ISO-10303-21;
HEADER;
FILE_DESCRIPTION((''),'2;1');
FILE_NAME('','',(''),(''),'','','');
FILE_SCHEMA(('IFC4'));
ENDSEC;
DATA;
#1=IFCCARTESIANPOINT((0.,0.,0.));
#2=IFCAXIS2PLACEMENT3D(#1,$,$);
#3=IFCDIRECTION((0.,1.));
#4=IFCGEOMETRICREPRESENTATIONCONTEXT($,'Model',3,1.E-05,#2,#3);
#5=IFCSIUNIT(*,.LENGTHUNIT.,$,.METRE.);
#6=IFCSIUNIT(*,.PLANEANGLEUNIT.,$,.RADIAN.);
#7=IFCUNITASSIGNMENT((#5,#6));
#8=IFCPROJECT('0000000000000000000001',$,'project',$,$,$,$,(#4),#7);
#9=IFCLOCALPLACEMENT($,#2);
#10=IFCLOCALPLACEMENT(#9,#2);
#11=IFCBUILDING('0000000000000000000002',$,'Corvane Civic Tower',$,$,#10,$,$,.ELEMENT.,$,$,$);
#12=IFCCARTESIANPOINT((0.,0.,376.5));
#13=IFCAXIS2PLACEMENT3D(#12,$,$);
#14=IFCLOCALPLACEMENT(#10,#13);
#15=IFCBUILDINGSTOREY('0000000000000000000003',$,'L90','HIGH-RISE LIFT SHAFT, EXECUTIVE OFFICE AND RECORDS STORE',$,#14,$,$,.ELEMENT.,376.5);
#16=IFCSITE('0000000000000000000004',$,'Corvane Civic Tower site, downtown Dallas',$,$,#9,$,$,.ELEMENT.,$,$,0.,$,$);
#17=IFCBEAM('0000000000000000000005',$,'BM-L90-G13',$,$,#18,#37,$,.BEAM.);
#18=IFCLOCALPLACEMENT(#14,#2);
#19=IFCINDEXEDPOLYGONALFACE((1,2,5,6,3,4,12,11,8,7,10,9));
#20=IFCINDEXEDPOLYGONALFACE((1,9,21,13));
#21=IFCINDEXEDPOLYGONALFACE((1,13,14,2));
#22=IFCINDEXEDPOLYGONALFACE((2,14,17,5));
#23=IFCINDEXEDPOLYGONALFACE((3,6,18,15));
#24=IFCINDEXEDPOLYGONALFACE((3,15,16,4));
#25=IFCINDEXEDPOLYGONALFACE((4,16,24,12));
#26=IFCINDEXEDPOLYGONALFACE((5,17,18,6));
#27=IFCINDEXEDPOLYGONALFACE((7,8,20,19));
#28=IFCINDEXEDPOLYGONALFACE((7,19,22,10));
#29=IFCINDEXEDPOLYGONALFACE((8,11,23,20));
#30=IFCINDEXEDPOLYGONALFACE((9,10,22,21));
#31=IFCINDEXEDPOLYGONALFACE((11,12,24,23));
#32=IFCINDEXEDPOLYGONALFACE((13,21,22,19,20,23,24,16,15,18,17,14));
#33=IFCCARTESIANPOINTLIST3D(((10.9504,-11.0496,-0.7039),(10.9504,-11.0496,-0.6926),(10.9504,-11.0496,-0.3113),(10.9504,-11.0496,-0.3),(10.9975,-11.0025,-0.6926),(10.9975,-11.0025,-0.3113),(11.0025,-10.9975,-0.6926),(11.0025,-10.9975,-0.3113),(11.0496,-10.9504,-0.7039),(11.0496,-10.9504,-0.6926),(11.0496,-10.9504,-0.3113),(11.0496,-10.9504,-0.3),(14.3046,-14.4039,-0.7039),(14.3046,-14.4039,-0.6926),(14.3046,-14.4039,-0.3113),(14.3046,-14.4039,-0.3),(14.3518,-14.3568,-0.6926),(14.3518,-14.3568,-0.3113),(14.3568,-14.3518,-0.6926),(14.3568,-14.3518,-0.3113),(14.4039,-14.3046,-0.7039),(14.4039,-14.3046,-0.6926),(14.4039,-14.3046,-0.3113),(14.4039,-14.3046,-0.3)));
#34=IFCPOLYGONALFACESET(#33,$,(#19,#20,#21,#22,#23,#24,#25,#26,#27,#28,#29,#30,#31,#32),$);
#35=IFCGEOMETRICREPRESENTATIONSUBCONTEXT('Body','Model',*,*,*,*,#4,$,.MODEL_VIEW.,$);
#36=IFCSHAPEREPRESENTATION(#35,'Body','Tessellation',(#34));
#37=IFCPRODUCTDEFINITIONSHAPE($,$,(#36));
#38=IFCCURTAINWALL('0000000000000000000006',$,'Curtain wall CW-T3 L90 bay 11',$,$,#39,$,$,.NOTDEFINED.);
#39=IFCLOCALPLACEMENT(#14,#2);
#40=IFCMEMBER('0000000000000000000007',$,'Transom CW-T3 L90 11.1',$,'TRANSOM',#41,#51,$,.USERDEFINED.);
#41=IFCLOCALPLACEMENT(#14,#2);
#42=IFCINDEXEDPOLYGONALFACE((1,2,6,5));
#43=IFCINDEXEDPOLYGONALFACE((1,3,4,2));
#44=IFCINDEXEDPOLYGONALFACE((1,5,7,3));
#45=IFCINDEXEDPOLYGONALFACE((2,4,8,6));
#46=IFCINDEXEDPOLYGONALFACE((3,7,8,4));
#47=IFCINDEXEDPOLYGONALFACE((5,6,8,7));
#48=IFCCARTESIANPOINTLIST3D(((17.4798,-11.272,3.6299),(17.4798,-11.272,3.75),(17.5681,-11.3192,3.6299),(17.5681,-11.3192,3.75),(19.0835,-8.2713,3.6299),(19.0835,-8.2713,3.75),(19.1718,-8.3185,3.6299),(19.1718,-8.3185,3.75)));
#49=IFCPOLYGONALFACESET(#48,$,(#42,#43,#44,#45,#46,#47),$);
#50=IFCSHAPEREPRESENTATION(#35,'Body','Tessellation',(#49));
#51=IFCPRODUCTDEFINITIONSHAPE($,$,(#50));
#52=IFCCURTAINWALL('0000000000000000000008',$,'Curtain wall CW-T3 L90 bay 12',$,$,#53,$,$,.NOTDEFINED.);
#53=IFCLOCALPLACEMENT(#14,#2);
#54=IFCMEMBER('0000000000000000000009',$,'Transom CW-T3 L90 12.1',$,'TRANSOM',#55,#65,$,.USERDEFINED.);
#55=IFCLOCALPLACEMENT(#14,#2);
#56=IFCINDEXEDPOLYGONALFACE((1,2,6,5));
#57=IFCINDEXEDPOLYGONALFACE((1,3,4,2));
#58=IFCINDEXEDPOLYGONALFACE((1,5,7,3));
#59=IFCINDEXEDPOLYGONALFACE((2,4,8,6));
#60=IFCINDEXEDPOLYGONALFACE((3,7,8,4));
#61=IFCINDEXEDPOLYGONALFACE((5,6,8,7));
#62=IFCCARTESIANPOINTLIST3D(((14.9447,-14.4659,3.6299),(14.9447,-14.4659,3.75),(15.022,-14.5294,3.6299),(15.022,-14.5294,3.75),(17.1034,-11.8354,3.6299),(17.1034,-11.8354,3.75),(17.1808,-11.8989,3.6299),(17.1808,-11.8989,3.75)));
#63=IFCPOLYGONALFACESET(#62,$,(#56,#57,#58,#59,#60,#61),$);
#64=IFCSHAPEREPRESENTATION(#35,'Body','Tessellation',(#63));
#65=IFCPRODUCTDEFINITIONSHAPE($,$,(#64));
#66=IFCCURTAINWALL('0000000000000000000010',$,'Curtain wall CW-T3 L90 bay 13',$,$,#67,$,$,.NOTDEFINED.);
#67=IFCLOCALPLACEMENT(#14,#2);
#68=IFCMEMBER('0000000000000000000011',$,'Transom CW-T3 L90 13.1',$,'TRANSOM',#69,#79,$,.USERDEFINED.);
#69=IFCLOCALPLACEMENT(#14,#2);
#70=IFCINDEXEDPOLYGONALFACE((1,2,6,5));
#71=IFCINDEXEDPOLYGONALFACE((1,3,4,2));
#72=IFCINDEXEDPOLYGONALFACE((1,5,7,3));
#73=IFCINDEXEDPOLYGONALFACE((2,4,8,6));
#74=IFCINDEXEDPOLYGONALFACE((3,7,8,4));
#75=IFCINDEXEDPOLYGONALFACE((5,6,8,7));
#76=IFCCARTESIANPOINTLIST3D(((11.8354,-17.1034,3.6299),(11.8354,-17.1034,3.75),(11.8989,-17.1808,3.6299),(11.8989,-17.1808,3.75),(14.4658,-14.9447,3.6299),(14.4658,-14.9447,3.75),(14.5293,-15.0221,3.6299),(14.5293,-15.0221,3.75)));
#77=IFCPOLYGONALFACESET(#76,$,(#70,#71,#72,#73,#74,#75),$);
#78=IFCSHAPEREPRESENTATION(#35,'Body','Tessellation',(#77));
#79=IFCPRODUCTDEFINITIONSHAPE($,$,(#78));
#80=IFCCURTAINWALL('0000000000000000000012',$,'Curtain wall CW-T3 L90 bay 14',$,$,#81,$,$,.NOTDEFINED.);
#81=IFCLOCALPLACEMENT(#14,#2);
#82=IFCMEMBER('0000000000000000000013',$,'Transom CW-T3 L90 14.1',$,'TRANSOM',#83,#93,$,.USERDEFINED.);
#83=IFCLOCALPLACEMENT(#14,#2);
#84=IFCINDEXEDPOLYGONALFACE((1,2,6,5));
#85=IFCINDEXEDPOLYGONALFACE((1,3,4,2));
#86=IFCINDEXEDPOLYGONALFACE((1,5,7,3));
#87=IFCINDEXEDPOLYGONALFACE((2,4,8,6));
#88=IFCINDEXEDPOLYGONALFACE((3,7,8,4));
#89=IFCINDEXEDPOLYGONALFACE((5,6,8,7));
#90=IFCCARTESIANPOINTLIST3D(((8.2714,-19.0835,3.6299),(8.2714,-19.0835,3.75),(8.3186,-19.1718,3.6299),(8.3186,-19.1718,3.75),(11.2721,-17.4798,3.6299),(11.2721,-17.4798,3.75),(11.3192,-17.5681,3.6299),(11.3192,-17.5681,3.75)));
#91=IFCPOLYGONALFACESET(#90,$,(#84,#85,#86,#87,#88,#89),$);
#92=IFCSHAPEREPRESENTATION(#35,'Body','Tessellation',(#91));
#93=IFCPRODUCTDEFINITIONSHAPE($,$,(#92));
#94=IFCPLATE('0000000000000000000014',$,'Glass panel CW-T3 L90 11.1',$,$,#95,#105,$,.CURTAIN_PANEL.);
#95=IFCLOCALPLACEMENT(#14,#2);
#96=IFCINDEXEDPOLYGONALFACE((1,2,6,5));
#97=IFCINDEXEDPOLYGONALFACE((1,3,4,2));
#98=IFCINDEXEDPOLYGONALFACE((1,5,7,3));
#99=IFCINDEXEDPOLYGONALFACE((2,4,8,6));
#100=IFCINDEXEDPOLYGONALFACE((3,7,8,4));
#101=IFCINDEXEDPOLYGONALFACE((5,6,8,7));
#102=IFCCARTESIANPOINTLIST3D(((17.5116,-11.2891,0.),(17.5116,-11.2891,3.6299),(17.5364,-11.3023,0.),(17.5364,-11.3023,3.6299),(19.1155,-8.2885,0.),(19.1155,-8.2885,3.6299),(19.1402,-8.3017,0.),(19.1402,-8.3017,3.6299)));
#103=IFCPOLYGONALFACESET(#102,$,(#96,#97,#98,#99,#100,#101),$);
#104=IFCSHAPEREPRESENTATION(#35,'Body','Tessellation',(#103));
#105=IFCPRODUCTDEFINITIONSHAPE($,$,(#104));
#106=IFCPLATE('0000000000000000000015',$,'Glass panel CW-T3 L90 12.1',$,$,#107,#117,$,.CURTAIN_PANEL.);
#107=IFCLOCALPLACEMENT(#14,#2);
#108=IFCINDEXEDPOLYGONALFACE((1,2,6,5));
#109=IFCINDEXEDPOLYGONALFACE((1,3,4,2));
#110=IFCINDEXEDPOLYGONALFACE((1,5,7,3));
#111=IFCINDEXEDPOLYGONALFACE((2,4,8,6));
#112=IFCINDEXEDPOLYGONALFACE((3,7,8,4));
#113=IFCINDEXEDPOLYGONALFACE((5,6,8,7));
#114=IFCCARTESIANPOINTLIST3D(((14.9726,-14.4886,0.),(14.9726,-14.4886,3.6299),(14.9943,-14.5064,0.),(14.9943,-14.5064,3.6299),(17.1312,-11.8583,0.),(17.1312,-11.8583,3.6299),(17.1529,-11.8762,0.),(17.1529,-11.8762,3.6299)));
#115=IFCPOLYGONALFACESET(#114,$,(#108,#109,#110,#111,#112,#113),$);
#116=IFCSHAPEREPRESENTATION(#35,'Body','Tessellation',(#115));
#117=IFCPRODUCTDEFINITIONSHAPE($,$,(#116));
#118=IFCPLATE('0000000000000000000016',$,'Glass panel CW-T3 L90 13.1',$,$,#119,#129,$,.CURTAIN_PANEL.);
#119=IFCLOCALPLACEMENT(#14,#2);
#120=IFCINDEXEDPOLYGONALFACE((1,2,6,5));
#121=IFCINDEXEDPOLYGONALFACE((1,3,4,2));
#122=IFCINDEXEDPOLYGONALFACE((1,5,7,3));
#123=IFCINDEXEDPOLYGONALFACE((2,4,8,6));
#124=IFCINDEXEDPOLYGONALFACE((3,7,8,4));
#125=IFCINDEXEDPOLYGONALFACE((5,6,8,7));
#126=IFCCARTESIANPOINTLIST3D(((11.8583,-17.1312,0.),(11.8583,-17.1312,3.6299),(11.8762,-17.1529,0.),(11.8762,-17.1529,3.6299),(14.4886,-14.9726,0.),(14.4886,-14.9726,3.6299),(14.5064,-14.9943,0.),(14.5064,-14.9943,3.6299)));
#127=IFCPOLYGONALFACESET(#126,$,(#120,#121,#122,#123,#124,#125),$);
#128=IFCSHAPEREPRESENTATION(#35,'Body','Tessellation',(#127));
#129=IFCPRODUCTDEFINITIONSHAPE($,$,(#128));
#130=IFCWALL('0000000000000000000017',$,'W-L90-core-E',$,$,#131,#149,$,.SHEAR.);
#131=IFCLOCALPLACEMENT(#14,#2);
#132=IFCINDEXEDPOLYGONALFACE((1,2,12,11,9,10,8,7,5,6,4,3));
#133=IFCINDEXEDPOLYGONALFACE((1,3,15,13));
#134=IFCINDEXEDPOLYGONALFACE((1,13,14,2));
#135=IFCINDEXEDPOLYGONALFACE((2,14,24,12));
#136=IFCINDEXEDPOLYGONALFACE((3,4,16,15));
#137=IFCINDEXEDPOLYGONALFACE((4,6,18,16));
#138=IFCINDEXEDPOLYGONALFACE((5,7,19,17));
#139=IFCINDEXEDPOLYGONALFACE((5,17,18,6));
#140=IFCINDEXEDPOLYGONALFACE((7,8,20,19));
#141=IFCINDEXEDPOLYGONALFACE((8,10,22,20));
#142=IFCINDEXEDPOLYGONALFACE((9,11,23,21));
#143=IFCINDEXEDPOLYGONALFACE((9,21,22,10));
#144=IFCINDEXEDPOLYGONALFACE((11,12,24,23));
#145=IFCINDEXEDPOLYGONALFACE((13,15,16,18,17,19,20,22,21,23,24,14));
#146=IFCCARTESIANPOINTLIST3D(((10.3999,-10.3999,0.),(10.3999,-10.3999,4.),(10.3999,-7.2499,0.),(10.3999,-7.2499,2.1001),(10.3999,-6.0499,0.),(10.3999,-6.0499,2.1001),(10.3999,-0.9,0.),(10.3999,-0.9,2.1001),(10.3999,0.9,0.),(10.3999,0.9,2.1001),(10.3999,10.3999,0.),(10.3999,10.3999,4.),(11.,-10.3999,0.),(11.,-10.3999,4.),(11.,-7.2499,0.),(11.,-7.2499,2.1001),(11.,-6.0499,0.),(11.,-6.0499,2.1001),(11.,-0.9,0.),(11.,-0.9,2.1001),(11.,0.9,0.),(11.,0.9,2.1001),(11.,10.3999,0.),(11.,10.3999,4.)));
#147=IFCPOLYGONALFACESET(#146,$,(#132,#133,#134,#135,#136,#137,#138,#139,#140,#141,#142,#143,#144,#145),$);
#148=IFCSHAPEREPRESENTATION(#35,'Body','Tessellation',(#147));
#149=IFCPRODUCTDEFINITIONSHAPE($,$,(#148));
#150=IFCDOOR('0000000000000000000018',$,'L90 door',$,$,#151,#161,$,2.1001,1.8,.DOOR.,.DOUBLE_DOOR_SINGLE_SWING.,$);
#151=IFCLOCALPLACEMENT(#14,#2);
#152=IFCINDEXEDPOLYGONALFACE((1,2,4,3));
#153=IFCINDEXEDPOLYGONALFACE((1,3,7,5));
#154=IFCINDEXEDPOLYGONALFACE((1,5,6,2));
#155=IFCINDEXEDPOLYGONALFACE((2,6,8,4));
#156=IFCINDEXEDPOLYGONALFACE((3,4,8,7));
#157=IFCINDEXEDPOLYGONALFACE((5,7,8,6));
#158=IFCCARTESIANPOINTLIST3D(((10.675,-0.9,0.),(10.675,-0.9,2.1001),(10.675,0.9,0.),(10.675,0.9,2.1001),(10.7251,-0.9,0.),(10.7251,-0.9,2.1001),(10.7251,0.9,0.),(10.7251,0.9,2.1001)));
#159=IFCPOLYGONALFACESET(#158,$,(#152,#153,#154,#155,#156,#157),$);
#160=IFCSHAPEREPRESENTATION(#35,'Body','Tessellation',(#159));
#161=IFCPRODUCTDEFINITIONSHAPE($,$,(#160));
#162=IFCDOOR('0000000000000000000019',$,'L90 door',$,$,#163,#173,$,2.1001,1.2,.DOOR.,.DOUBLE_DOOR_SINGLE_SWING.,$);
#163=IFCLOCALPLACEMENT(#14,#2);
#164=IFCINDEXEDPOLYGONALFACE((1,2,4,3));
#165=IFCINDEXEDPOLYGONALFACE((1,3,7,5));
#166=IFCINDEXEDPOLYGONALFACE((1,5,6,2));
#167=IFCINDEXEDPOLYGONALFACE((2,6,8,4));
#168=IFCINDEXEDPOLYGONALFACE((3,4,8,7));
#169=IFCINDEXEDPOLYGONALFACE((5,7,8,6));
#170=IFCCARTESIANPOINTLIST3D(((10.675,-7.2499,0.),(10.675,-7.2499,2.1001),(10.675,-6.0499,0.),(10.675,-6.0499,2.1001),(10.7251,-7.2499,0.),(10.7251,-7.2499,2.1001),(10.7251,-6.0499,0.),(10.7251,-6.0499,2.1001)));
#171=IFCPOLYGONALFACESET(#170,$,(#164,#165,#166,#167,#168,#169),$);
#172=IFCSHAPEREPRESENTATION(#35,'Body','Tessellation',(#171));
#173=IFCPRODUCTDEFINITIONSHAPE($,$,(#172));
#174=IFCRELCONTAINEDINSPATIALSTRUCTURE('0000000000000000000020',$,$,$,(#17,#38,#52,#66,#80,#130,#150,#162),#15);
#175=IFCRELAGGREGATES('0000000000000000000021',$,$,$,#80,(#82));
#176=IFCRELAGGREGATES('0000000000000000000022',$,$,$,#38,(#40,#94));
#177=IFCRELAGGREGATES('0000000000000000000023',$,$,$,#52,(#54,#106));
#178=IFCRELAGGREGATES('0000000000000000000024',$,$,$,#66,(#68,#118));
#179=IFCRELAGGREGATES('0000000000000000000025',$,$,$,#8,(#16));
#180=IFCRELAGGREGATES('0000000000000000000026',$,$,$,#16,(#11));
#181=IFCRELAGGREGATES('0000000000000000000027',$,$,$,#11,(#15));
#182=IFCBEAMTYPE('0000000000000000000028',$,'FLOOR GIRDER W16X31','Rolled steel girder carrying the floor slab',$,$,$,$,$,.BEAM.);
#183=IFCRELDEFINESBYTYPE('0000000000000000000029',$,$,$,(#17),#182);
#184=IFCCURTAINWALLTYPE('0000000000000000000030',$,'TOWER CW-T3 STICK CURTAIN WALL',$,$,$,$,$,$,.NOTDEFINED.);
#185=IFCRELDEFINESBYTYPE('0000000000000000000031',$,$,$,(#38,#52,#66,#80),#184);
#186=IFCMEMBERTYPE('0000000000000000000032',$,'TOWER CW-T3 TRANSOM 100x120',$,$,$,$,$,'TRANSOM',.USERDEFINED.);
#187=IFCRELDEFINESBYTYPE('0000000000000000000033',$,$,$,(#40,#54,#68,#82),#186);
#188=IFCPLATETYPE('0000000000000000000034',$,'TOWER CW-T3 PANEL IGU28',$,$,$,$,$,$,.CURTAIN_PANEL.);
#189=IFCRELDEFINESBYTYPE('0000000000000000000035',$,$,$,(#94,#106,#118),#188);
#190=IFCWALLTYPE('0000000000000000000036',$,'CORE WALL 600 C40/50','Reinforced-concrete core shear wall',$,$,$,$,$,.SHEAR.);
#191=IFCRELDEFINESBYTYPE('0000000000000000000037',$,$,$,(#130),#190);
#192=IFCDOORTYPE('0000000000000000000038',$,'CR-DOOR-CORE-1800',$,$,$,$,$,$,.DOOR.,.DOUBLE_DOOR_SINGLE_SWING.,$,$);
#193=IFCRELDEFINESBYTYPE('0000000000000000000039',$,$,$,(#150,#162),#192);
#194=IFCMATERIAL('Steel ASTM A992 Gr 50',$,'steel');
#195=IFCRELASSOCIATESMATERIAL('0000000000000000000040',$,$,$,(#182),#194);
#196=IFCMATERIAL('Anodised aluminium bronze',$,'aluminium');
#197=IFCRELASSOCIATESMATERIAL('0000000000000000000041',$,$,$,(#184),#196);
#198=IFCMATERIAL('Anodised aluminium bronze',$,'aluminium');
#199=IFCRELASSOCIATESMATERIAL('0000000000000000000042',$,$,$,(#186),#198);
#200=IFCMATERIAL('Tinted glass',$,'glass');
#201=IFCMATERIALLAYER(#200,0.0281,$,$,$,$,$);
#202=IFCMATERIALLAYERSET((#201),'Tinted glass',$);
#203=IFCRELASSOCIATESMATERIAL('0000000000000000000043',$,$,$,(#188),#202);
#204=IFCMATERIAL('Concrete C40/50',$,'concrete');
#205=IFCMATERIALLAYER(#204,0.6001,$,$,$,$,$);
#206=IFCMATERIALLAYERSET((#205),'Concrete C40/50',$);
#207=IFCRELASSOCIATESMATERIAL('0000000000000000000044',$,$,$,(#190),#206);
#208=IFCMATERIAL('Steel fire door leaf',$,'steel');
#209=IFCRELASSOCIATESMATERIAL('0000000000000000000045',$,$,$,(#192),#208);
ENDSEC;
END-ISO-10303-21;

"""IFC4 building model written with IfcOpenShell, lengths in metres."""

from ifc_helpers import new_model, si_unit, direction, frame, frame_2d, origin, origin_2d, place, context, subcontext, project, spatial, rectangle, i_section, extrude, material, layer, layer_set, material_profile, profile_set, type_object, element, fill, aggregate, save


model = new_model("IFC4")

# Units and contexts
model_context = context("Model", 3, precision=1e-05, world=origin(), true_north=direction((0.0, 1.0)))
body_context = subcontext(model_context, "Body", "Model", "MODEL_VIEW")
ifc_project = project(units=[si_unit("LENGTHUNIT", "METRE"), si_unit("PLANEANGLEUNIT", "RADIAN")], contexts=[model_context])

# Site, building, storey
site_placement = place(None, origin())
site = spatial("IfcSite", under=ifc_project, at=site_placement, Name="Corvane Civic Tower site, downtown Dallas", CompositionType="ELEMENT", RefElevation=0.0)
building_placement = place(site_placement, origin())
building = spatial("IfcBuilding", under=site, at=building_placement, Name="Corvane Civic Tower", CompositionType="ELEMENT")
storey_placement = place(building_placement, frame((0.0, 0.0, 376.5)))
storey = spatial("IfcBuildingStorey", under=building, at=storey_placement, Name="L90", Description="HIGH-RISE LIFT SHAFT, EXECUTIVE OFFICE AND RECORDS STORE", CompositionType="ELEMENT", Elevation=376.5)

# Beam
ifc_material_1 = material(Name="Steel ASTM A992 Gr 50", Category="steel")
ifc_material_profile_1 = material_profile(ifc_material_1, i_section(OverallWidth=0.1404, OverallDepth=0.4038, WebThickness=0.0071, FlangeThickness=0.0112, at=origin_2d()), Name="W16X31")
ifc_profile_set_1 = profile_set([ifc_material_profile_1], Name="Steel ASTM A992 Gr 50")
beam_type_1 = type_object("IfcBeamType", Name="FLOOR GIRDER W16X31", Description="Rolled steel girder carrying the floor slab", PredefinedType="BEAM", material=ifc_profile_set_1)
beam_placement = place(storey_placement, frame((11.0, -11.0, -0.502), z_axis=(0.707107, -0.707107, 0.0), x_axis=(0.707107, 0.707107, 0.0)))
element("IfcBeam", 1, at=beam_placement, inside=storey, type_object=beam_type_1, Name="BM-L90-G13", PredefinedType="BEAM", context=body_context, shape_type="SweptSolid", body=[
    extrude(i_section(OverallWidth=0.1404, OverallDepth=0.4038, WebThickness=0.0071, FlangeThickness=0.0112, at=origin_2d()), origin(), (0.0, 0.0, 1.0), 4.7437),
])

# Curtain walls, members
ifc_material_2 = material(Name="Anodised aluminium bronze", Category="aluminium")
curtain_wall_type = type_object("IfcCurtainWallType", Name="TOWER CW-T3 STICK CURTAIN WALL", PredefinedType="NOTDEFINED", material=ifc_material_2)
curtain_wall_1_placement = place(storey_placement, origin())
curtain_wall_1 = element("IfcCurtainWall", 2, at=curtain_wall_1_placement, inside=storey, type_object=curtain_wall_type, Name="Curtain wall CW-T3 L90 bay 11", PredefinedType="NOTDEFINED")
ifc_material_3 = material(Name="Anodised aluminium bronze", Category="aluminium")
ifc_material_profile_2 = material_profile(ifc_material_3, rectangle(XDim=0.1001, YDim=0.1201, at=origin_2d()), Name="TOWER CW-T3 TRANSOM 100x120")
ifc_profile_set_2 = profile_set([ifc_material_profile_2], Name="Anodised aluminium bronze")
member_type = type_object("IfcMemberType", Name="TOWER CW-T3 TRANSOM 100x120", ElementType="TRANSOM", PredefinedType="USERDEFINED", material=ifc_profile_set_2)
member_1_placement = place(storey_placement, frame((19.1277, -8.2949, 3.6899), z_axis=(-0.471359, -0.881941, 0.0), x_axis=(0.881941, -0.471359, 0.0)))
member_1 = element("IfcMember", 3, at=member_1_placement, type_object=member_type, Name="Transom CW-T3 L90 11.1", ObjectType="TRANSOM", PredefinedType="USERDEFINED", context=body_context, shape_type="SweptSolid", body=[
    extrude(rectangle(XDim=0.1001, YDim=0.1201, at=origin_2d()), origin(), (0.0, 0.0, 1.0), 3.4023),
])
curtain_wall_2_placement = place(storey_placement, origin())
curtain_wall_2 = element("IfcCurtainWall", 4, at=curtain_wall_2_placement, inside=storey, type_object=curtain_wall_type, Name="Curtain wall CW-T3 L90 bay 12", PredefinedType="NOTDEFINED")
member_2_placement = place(storey_placement, frame((17.1421, -11.8672, 3.6899), z_axis=(-0.634394, -0.77301, 0.0), x_axis=(0.77301, -0.634394, 0.0)))
member_2 = element("IfcMember", 5, at=member_2_placement, type_object=member_type, Name="Transom CW-T3 L90 12.1", ObjectType="TRANSOM", PredefinedType="USERDEFINED", context=body_context, shape_type="SweptSolid", body=[
    extrude(rectangle(XDim=0.1001, YDim=0.1201, at=origin_2d()), origin(), (0.0, 0.0, 1.0), 3.4028),
])
curtain_wall_3_placement = place(storey_placement, origin())
curtain_wall_3 = element("IfcCurtainWall", 6, at=curtain_wall_3_placement, inside=storey, type_object=curtain_wall_type, Name="Curtain wall CW-T3 L90 bay 13", PredefinedType="NOTDEFINED")
member_3_placement = place(storey_placement, frame((14.4976, -14.9834, 3.6899), z_axis=(-0.77301, -0.634394, 0.0), x_axis=(0.634394, -0.77301, 0.0)))
member_3 = element("IfcMember", 7, at=member_3_placement, type_object=member_type, Name="Transom CW-T3 L90 13.1", ObjectType="TRANSOM", PredefinedType="USERDEFINED", context=body_context, shape_type="SweptSolid", body=[
    extrude(rectangle(XDim=0.1001, YDim=0.1201, at=origin_2d()), origin(), (0.0, 0.0, 1.0), 3.4028),
])
curtain_wall_4_placement = place(storey_placement, origin())
curtain_wall_4 = element("IfcCurtainWall", 8, at=curtain_wall_4_placement, inside=storey, type_object=curtain_wall_type, Name="Curtain wall CW-T3 L90 bay 14", PredefinedType="NOTDEFINED")
member_4_placement = place(storey_placement, frame((11.2957, -17.5239, 3.6899), z_axis=(-0.881941, -0.471359, 0.0), x_axis=(0.471359, -0.881941, 0.0)))
member_4 = element("IfcMember", 9, at=member_4_placement, type_object=member_type, Name="Transom CW-T3 L90 14.1", ObjectType="TRANSOM", PredefinedType="USERDEFINED", context=body_context, shape_type="SweptSolid", body=[
    extrude(rectangle(XDim=0.1001, YDim=0.1201, at=origin_2d()), origin(), (0.0, 0.0, 1.0), 3.4023),
])
aggregate(curtain_wall_4, [member_4])

# Plates
ifc_material_4 = material(Name="Tinted glass", Category="glass")
ifc_layer_1 = layer(ifc_material_4, 0.0281)
ifc_layer_set_1 = layer_set([ifc_layer_1], Name="Tinted glass")
plate_type = type_object("IfcPlateType", Name="TOWER CW-T3 PANEL IGU28", PredefinedType="CURTAIN_PANEL", material=ifc_layer_set_1)
plate_1_placement = place(storey_placement, frame((18.3259, -9.7954, 0.0), z_axis=(0.0, 0.0, 1.0), x_axis=(-0.471384, -0.881928, 0.0)))
plate_1 = element("IfcPlate", 10, at=plate_1_placement, type_object=plate_type, Name="Glass panel CW-T3 L90 11.1", PredefinedType="CURTAIN_PANEL", context=body_context, shape_type="SweptSolid", body=[
    extrude(rectangle(XDim=3.4023, YDim=0.0281, at=origin_2d()), origin(), (0.0, 0.0, 1.0), 3.6299),
])
aggregate(curtain_wall_1, [member_1, plate_1])
plate_2_placement = place(storey_placement, frame((16.0627, -13.1824, 0.0), z_axis=(0.0, 0.0, 1.0), x_axis=(-0.634393, -0.77301, 0.0)))
plate_2 = element("IfcPlate", 11, at=plate_2_placement, type_object=plate_type, Name="Glass panel CW-T3 L90 12.1", PredefinedType="CURTAIN_PANEL", context=body_context, shape_type="SweptSolid", body=[
    extrude(rectangle(XDim=3.4026, YDim=0.0281, at=origin_2d()), origin(), (0.0, 0.0, 1.0), 3.6299),
])
aggregate(curtain_wall_2, [member_2, plate_2])
plate_3_placement = place(storey_placement, frame((13.1824, -16.0627, 0.0), z_axis=(0.0, 0.0, 1.0), x_axis=(-0.77301, -0.634393, 0.0)))
plate_3 = element("IfcPlate", 12, at=plate_3_placement, type_object=plate_type, Name="Glass panel CW-T3 L90 13.1", PredefinedType="CURTAIN_PANEL", context=body_context, shape_type="SweptSolid", body=[
    extrude(rectangle(XDim=3.4026, YDim=0.0281, at=origin_2d()), origin(), (0.0, 0.0, 1.0), 3.6299),
])
aggregate(curtain_wall_3, [member_3, plate_3])

# Wall, openings, doors
ifc_material_5 = material(Name="Concrete C40/50", Category="concrete")
ifc_layer_2 = layer(ifc_material_5, 0.6001)
ifc_layer_set_2 = layer_set([ifc_layer_2], Name="Concrete C40/50")
wall_type_1 = type_object("IfcWallType", Name="CORE WALL 600 C40/50", Description="Reinforced-concrete core shear wall", PredefinedType="SHEAR", material=ifc_layer_set_2)
wall_1_placement = place(storey_placement, frame((10.7, -10.3999, 0.0), z_axis=(0.0, 0.0, 1.0), x_axis=(0.0, 1.0, 0.0)))
wall_1 = element("IfcWall", 13, at=wall_1_placement, inside=storey, type_object=wall_type_1, Name="W-L90-core-E", PredefinedType="SHEAR", context=body_context, shape_type="SweptSolid", body=[
    extrude(rectangle(XDim=20.7998, YDim=0.6001, at=frame_2d((10.3999, 0.0))), origin(), (0.0, 0.0, 1.0), 4.0),
])
opening_1_placement = place(wall_1_placement, frame((9.5, 0.0, 0.0)))
opening_1 = element("IfcOpeningElement", 14, at=opening_1_placement, cuts=wall_1, PredefinedType="OPENING", context=body_context, shape_type="SweptSolid", body=[
    extrude(rectangle(XDim=1.8, YDim=2.1001, at=frame_2d((0.8999, 1.05))), frame((0.0, 0.3101, 0.0), z_axis=(0.0, -1.0, 0.0), x_axis=(1.0, 0.0, 0.0)), (0.0, 0.0, 1.0), 0.6201),
])
opening_2_placement = place(wall_1_placement, frame((3.1499, 0.0, 0.0)))
opening_2 = element("IfcOpeningElement", 15, at=opening_2_placement, cuts=wall_1, PredefinedType="OPENING", context=body_context, shape_type="SweptSolid", body=[
    extrude(rectangle(XDim=1.2, YDim=2.1001, at=frame_2d((0.6001, 1.05))), frame((0.0, 0.3101, 0.0), z_axis=(0.0, -1.0, 0.0), x_axis=(1.0, 0.0, 0.0)), (0.0, 0.0, 1.0), 0.6201),
])
ifc_material_6 = material(Name="Steel fire door leaf", Category="steel")
door_type_1 = type_object("IfcDoorType", Name="CR-DOOR-CORE-1800", OperationType="DOUBLE_DOOR_SINGLE_SWING", PredefinedType="DOOR", material=ifc_material_6)
door_1_placement = place(opening_1_placement, origin())
door_1 = element("IfcDoor", 16, at=door_1_placement, inside=storey, type_object=door_type_1, Name="L90 door", OperationType="DOUBLE_DOOR_SINGLE_SWING", OverallHeight=2.1001, OverallWidth=1.8, PredefinedType="DOOR", context=body_context, shape_type="SweptSolid", body=[
    extrude(rectangle(XDim=1.8, YDim=2.1001, at=frame_2d((0.8999, 1.05))), frame((0.0, 0.0249, 0.0), z_axis=(0.0, -1.0, 0.0), x_axis=(1.0, 0.0, 0.0)), (0.0, 0.0, 1.0), 0.05),
])
fill(opening_1, door_1)
door_2_placement = place(opening_2_placement, origin())
door_2 = element("IfcDoor", 17, at=door_2_placement, inside=storey, type_object=door_type_1, Name="L90 door", OperationType="DOUBLE_DOOR_SINGLE_SWING", OverallHeight=2.1001, OverallWidth=1.2, PredefinedType="DOOR", context=body_context, shape_type="SweptSolid", body=[
    extrude(rectangle(XDim=1.2, YDim=2.1001, at=frame_2d((0.6001, 1.05))), frame((0.0, 0.0249, 0.0), z_axis=(0.0, -1.0, 0.0), x_axis=(1.0, 0.0, 0.0)), (0.0, 0.0, 1.0), 0.05),
])
fill(opening_2, door_2)

save(model, "model.ifc")
